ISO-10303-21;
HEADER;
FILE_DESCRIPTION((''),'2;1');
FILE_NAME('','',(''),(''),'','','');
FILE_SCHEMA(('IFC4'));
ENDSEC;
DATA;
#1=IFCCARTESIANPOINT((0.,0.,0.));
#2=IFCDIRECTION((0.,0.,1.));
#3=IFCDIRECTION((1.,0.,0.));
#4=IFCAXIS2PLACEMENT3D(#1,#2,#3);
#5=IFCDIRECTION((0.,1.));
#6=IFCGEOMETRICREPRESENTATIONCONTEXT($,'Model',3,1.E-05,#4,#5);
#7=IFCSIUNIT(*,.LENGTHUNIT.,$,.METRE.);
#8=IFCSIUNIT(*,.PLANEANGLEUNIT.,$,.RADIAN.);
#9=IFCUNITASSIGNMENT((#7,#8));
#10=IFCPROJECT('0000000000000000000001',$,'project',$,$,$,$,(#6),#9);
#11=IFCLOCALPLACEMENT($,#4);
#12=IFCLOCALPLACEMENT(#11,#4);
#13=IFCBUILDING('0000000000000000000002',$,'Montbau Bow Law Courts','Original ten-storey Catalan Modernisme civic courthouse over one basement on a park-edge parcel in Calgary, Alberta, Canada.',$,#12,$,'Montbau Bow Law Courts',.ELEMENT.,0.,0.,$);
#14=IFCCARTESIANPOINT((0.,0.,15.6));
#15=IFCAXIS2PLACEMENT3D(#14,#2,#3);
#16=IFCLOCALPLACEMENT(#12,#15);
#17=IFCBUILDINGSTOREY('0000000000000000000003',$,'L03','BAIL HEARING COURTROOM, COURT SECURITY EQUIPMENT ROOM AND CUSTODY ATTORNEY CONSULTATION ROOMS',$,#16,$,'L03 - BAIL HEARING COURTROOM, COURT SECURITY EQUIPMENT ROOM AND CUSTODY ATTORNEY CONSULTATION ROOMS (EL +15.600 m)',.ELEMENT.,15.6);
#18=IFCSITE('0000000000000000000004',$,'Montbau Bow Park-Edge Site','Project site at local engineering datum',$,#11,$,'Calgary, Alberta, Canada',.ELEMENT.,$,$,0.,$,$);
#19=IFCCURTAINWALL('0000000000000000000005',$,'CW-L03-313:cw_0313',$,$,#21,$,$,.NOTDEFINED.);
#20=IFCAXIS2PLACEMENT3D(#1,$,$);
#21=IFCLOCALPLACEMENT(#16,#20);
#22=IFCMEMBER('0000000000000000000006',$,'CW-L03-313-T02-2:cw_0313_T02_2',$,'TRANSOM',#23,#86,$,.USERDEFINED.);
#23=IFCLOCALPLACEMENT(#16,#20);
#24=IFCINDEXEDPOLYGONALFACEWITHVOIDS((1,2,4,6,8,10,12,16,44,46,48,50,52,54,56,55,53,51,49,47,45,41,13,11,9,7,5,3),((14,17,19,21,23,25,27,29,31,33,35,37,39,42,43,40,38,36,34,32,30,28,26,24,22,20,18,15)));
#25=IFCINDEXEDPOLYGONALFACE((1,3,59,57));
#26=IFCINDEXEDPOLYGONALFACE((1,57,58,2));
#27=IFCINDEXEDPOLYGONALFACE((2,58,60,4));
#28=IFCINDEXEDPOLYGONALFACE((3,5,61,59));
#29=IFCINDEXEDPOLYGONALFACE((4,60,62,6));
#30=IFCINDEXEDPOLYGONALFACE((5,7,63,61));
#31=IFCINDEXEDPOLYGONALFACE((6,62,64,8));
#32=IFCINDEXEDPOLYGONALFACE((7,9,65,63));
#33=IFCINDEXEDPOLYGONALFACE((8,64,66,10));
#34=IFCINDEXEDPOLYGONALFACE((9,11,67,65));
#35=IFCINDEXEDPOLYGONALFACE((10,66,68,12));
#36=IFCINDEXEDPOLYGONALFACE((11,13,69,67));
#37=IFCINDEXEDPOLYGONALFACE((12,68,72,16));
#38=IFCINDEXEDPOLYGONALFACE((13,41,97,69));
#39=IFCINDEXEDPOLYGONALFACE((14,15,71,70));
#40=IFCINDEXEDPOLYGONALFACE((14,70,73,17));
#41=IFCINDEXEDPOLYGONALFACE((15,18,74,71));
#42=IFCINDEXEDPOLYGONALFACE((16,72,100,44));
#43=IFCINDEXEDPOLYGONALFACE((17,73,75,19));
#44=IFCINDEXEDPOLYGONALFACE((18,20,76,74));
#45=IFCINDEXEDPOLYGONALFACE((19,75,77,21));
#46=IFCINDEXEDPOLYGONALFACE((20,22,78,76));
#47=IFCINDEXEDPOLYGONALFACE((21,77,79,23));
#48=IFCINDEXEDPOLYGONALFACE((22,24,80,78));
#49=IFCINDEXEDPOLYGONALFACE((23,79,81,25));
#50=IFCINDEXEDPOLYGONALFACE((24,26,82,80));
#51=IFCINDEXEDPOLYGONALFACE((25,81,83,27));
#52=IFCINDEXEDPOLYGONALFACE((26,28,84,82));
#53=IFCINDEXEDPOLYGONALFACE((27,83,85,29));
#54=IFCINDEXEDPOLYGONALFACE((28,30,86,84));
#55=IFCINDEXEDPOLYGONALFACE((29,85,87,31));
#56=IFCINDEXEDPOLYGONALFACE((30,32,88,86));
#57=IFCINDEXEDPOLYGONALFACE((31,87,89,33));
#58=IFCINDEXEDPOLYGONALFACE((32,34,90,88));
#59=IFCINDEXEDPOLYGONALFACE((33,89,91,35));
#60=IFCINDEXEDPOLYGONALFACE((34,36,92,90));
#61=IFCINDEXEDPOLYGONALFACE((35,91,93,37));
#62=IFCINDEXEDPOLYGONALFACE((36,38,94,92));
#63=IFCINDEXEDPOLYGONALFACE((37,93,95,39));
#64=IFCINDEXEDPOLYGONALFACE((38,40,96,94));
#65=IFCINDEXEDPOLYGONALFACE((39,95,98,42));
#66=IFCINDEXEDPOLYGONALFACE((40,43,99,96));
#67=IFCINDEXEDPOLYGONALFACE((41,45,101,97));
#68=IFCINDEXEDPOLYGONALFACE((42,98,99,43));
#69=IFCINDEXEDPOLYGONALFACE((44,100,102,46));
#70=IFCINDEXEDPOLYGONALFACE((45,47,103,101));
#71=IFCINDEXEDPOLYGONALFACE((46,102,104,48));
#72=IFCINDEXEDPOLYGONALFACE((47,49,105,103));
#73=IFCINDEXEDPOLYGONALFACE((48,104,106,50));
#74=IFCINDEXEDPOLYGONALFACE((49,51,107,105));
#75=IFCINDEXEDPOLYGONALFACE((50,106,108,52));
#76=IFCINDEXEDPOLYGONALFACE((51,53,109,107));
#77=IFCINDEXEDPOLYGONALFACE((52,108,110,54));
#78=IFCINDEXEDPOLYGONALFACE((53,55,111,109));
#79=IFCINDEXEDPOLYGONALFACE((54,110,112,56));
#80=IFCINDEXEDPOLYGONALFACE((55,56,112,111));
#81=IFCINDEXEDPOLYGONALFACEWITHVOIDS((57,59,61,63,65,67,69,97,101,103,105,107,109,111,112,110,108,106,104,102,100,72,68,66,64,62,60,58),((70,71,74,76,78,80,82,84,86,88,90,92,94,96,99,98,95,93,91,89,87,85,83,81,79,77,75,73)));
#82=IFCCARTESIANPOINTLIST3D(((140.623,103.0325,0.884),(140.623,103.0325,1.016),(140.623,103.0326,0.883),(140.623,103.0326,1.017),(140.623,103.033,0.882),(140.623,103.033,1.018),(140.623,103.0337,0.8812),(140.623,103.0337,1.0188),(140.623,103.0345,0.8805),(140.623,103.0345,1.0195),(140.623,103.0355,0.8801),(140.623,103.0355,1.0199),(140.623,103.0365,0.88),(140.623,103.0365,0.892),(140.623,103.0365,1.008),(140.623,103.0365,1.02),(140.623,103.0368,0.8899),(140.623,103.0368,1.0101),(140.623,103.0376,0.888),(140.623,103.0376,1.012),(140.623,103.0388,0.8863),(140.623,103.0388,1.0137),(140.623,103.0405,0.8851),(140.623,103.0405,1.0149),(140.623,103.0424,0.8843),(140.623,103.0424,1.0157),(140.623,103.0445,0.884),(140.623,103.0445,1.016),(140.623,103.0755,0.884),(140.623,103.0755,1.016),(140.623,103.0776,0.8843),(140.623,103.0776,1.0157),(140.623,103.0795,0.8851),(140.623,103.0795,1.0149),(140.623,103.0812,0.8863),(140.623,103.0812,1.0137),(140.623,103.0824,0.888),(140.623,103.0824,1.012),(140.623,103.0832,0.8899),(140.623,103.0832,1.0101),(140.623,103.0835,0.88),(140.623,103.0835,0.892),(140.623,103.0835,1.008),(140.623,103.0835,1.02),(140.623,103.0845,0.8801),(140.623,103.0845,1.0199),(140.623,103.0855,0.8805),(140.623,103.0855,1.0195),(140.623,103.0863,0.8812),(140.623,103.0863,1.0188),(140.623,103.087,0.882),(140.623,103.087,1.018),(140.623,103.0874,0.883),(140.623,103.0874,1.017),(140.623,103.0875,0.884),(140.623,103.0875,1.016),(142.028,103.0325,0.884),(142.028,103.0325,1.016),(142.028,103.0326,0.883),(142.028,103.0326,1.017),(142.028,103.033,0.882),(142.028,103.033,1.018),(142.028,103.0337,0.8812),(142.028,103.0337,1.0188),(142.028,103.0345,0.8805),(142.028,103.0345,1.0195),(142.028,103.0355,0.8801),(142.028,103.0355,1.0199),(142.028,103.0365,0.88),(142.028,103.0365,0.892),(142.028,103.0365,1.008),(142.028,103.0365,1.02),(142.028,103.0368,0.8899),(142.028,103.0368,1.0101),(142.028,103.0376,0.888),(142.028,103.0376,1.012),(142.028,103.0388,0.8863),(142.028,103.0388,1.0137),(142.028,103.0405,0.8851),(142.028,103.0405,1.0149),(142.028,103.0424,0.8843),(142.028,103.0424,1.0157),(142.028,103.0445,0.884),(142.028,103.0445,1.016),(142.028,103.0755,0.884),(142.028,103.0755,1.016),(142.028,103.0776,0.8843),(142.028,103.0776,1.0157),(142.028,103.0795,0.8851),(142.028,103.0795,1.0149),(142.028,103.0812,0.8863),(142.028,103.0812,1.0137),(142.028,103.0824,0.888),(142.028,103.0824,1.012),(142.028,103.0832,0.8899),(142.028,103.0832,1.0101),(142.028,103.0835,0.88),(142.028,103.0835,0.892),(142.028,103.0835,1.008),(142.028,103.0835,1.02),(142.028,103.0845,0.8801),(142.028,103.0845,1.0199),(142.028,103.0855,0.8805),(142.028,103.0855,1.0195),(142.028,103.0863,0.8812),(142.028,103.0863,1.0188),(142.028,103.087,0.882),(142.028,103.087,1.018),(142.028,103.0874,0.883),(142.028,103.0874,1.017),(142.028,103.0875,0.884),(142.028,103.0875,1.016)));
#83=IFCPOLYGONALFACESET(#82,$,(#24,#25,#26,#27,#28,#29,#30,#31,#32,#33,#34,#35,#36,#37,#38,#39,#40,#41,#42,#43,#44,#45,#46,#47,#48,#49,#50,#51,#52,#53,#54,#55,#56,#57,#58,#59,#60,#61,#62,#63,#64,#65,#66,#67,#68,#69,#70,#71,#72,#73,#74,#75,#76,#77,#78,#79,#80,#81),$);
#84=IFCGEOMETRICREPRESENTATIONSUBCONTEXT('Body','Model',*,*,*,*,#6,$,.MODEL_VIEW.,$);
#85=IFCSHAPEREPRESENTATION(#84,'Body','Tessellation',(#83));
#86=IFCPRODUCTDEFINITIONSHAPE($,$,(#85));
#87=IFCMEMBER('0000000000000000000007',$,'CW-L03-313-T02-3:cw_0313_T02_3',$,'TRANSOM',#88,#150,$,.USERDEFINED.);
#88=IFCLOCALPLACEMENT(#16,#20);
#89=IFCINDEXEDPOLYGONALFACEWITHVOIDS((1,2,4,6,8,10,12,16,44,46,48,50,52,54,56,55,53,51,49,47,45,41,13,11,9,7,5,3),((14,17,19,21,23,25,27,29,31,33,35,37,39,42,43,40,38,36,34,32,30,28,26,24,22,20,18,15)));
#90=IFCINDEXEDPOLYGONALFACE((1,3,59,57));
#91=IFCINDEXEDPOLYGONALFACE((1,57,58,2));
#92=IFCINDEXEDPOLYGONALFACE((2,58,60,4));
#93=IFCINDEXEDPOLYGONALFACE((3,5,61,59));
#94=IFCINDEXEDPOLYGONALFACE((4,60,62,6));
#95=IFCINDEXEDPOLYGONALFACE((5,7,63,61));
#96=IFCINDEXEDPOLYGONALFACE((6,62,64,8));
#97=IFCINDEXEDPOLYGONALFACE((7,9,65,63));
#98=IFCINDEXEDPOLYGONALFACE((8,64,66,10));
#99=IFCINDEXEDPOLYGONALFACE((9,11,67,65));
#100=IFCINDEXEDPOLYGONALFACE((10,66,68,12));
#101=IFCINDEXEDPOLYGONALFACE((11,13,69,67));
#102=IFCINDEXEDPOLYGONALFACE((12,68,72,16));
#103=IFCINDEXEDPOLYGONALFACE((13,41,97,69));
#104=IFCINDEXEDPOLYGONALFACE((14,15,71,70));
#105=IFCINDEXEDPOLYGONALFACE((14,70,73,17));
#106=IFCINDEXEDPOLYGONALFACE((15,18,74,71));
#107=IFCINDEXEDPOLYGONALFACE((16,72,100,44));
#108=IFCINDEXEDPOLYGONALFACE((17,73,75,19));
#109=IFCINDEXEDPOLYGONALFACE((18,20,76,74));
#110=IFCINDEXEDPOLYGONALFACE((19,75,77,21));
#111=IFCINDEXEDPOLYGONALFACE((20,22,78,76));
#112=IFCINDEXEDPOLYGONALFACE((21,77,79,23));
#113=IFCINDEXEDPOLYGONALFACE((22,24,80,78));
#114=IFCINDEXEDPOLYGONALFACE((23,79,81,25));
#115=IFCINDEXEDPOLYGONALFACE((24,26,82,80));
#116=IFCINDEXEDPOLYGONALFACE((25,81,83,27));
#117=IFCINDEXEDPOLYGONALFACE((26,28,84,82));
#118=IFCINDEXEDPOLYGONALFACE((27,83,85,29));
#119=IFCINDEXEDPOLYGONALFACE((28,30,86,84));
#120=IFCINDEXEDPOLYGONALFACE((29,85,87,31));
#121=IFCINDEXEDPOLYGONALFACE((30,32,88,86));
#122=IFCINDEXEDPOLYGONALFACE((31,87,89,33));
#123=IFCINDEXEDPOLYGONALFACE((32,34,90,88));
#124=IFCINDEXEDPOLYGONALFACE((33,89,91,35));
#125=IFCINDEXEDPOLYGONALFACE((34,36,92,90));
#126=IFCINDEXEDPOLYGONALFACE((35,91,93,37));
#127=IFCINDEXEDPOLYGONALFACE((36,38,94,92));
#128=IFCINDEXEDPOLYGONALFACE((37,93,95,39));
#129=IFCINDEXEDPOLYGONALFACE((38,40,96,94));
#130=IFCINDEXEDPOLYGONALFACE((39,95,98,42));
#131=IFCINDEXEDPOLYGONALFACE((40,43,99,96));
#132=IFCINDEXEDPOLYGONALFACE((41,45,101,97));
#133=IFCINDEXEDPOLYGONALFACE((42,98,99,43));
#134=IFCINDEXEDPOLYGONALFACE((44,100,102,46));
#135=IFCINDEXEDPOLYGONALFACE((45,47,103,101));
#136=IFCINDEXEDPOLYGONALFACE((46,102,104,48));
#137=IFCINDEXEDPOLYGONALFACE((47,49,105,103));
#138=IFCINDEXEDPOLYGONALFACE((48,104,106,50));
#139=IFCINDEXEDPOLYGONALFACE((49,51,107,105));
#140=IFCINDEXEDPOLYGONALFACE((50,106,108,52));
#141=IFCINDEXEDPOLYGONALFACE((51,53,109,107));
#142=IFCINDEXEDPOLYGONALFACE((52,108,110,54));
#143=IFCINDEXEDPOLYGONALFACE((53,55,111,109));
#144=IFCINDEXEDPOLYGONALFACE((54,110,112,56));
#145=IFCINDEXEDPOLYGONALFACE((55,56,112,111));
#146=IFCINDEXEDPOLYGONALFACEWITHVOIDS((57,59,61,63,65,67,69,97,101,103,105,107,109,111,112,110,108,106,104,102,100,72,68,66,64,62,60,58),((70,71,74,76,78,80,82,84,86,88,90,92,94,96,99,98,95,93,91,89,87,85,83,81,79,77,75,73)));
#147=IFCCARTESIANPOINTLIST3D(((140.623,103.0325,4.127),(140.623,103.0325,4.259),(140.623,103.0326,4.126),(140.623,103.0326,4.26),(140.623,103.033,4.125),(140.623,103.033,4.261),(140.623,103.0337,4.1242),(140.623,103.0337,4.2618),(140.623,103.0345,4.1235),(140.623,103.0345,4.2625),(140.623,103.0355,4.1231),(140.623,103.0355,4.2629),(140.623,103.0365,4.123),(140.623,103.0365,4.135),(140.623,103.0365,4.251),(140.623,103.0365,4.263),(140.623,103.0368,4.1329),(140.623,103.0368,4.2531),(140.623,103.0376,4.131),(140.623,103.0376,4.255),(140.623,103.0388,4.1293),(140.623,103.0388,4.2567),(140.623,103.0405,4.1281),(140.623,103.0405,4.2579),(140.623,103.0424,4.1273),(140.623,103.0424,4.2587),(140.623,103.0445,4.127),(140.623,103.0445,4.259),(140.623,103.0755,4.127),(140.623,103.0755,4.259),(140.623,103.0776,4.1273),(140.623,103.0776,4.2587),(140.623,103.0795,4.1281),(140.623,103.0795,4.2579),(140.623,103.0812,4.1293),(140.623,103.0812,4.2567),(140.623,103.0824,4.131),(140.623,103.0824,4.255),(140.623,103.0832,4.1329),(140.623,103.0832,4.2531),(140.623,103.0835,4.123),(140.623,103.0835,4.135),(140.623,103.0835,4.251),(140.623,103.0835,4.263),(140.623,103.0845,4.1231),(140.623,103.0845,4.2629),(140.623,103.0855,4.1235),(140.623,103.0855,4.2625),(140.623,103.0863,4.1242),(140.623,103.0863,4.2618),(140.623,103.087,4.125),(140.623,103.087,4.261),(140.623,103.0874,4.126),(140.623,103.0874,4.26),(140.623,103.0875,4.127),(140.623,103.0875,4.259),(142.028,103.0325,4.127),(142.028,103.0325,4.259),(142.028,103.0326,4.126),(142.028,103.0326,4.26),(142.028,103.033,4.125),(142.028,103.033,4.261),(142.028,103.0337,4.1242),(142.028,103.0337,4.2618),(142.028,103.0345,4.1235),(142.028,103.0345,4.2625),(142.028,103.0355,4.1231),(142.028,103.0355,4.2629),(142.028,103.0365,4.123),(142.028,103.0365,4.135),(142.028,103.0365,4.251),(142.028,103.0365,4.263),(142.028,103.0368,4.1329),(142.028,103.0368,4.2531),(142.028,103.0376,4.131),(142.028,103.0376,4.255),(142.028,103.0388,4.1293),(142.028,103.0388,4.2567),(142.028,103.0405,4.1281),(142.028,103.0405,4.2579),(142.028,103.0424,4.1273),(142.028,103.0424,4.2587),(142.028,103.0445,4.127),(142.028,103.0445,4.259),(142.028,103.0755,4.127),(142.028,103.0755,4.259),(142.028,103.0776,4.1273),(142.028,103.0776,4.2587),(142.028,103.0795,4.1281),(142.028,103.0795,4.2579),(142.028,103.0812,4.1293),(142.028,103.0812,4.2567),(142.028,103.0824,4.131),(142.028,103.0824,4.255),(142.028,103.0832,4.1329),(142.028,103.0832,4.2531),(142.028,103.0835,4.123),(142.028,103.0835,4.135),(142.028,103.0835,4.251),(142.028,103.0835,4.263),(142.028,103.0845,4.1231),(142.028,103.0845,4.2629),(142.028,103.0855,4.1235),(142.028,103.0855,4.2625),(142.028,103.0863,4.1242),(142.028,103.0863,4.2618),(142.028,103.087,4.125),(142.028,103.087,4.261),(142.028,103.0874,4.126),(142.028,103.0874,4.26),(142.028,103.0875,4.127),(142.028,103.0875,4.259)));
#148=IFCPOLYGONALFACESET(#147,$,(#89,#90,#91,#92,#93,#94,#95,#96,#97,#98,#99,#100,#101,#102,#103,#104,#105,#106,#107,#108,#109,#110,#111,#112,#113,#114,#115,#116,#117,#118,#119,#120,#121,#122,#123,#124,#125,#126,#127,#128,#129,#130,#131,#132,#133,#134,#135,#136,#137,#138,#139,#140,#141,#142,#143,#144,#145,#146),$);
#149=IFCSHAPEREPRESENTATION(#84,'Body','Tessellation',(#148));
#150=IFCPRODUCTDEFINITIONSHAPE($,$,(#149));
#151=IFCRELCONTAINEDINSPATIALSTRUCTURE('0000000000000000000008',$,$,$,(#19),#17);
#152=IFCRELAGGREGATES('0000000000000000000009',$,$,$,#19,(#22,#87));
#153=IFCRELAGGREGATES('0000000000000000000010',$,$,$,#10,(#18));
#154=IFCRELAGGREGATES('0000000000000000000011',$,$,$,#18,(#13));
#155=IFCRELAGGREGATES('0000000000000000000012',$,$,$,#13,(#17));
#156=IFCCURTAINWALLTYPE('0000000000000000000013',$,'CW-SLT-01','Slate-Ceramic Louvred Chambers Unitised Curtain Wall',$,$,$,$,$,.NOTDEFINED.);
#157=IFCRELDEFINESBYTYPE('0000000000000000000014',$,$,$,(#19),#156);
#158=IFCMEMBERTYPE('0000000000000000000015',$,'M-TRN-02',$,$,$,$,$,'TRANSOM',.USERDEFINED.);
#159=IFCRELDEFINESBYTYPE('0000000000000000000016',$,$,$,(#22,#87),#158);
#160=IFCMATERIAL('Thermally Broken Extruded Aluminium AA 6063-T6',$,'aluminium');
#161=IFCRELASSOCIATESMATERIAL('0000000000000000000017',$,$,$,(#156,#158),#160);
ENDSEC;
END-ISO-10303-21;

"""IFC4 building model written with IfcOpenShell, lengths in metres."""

from ifc_helpers import new_model, si_unit, direction, frame, origin_with_axes, origin_2d_with_axis, place, context, subcontext, project, spatial, hollow_rectangle, extrude, material, material_profile, profile_set, type_object, element, aggregate, save


model = new_model("IFC4")

# Units and contexts
model_context = context("Model", 3, precision=1e-05, world=origin_with_axes(), true_north=direction((0.0, 1.0)))
body_context = subcontext(model_context, "Body", "Model", "MODEL_VIEW")
ifc_project = project(units=[si_unit("LENGTHUNIT", "METRE"), si_unit("PLANEANGLEUNIT", "RADIAN")], contexts=[model_context])

# Site, building, storey
site_placement = place(None, origin_with_axes())
site = spatial("IfcSite", under=ifc_project, at=site_placement, Name="Montbau Bow Park-Edge Site", Description="Project site at local engineering datum", LongName="Calgary, Alberta, Canada", CompositionType="ELEMENT", RefElevation=0.0)
building_placement = place(site_placement, origin_with_axes())
building = spatial("IfcBuilding", under=site, at=building_placement, Name="Montbau Bow Law Courts", Description="Original ten-storey Catalan Modernisme civic courthouse over one basement on a park-edge parcel in Calgary, Alberta, Canada.", LongName="Montbau Bow Law Courts", CompositionType="ELEMENT", ElevationOfRefHeight=0.0, ElevationOfTerrain=0.0)
storey_placement = place(building_placement, frame((0.0, 0.0, 15.6), z_axis=(0.0, 0.0, 1.0), x_axis=(1.0, 0.0, 0.0)))
storey = spatial("IfcBuildingStorey", under=building, at=storey_placement, Name="L03", Description="BAIL HEARING COURTROOM, COURT SECURITY EQUIPMENT ROOM AND CUSTODY ATTORNEY CONSULTATION ROOMS", LongName="L03 - BAIL HEARING COURTROOM, COURT SECURITY EQUIPMENT ROOM AND CUSTODY ATTORNEY CONSULTATION ROOMS (EL +15.600 m)", CompositionType="ELEMENT", Elevation=15.6)

# Curtain wall, members
ifc_material_1 = material(Name="Thermally Broken Extruded Aluminium AA 6063-T6", Category="aluminium")
curtain_wall_type = type_object("IfcCurtainWallType", Name="CW-SLT-01", Description="Slate-Ceramic Louvred Chambers Unitised Curtain Wall", PredefinedType="NOTDEFINED", material=ifc_material_1)
curtain_wall_placement = place(None, frame((139.115, 103.06, 15.6), z_axis=(0.0, 0.0, 1.0), x_axis=(1.0, 0.0, 0.0)))
curtain_wall = element("IfcCurtainWall", 1, at=curtain_wall_placement, inside=storey, type_object=curtain_wall_type, Name="CW-L03-313:cw_0313", PredefinedType="NOTDEFINED")
ifc_material_profile_1 = material_profile(ifc_material_1, hollow_rectangle(XDim=0.055, YDim=0.14, WallThickness=0.004, InnerFilletRadius=0.008, OuterFilletRadius=0.004, at=origin_2d_with_axis()), Name="CWT-140X55", Category="Main", Priority=0)
ifc_profile_set_1 = profile_set([ifc_material_profile_1], Name="Thermally Broken Extruded Aluminium AA 6063-T6")
member_type_1 = type_object("IfcMemberType", Name="M-TRN-02", ElementType="TRANSOM", PredefinedType="USERDEFINED", material=ifc_profile_set_1)
member_1_placement = place(None, frame((140.623, 103.06, 16.55), z_axis=(1.0, 0.0, 0.0), x_axis=(0.0, 1.0, 0.0)))
member_1 = element("IfcMember", 2, at=member_1_placement, type_object=member_type_1, Name="CW-L03-313-T02-2:cw_0313_T02_2", ObjectType="TRANSOM", PredefinedType="USERDEFINED", context=body_context, shape_type="SweptSolid", body=[
    extrude(hollow_rectangle(XDim=0.055, YDim=0.14, WallThickness=0.004, InnerFilletRadius=0.008, OuterFilletRadius=0.004, at=origin_2d_with_axis()), origin_with_axes(), (0.0, 0.0, 1.0), 1.405),
])
member_2_placement = place(None, frame((140.623, 103.06, 19.793), z_axis=(1.0, 0.0, 0.0), x_axis=(0.0, 1.0, 0.0)))
member_2 = element("IfcMember", 3, at=member_2_placement, type_object=member_type_1, Name="CW-L03-313-T02-3:cw_0313_T02_3", ObjectType="TRANSOM", PredefinedType="USERDEFINED", context=body_context, shape_type="SweptSolid", body=[
    extrude(hollow_rectangle(XDim=0.055, YDim=0.14, WallThickness=0.004, InnerFilletRadius=0.008, OuterFilletRadius=0.004, at=origin_2d_with_axis()), origin_with_axes(), (0.0, 0.0, 1.0), 1.405),
])
aggregate(curtain_wall, [member_1, member_2])

save(model, "model.ifc")
